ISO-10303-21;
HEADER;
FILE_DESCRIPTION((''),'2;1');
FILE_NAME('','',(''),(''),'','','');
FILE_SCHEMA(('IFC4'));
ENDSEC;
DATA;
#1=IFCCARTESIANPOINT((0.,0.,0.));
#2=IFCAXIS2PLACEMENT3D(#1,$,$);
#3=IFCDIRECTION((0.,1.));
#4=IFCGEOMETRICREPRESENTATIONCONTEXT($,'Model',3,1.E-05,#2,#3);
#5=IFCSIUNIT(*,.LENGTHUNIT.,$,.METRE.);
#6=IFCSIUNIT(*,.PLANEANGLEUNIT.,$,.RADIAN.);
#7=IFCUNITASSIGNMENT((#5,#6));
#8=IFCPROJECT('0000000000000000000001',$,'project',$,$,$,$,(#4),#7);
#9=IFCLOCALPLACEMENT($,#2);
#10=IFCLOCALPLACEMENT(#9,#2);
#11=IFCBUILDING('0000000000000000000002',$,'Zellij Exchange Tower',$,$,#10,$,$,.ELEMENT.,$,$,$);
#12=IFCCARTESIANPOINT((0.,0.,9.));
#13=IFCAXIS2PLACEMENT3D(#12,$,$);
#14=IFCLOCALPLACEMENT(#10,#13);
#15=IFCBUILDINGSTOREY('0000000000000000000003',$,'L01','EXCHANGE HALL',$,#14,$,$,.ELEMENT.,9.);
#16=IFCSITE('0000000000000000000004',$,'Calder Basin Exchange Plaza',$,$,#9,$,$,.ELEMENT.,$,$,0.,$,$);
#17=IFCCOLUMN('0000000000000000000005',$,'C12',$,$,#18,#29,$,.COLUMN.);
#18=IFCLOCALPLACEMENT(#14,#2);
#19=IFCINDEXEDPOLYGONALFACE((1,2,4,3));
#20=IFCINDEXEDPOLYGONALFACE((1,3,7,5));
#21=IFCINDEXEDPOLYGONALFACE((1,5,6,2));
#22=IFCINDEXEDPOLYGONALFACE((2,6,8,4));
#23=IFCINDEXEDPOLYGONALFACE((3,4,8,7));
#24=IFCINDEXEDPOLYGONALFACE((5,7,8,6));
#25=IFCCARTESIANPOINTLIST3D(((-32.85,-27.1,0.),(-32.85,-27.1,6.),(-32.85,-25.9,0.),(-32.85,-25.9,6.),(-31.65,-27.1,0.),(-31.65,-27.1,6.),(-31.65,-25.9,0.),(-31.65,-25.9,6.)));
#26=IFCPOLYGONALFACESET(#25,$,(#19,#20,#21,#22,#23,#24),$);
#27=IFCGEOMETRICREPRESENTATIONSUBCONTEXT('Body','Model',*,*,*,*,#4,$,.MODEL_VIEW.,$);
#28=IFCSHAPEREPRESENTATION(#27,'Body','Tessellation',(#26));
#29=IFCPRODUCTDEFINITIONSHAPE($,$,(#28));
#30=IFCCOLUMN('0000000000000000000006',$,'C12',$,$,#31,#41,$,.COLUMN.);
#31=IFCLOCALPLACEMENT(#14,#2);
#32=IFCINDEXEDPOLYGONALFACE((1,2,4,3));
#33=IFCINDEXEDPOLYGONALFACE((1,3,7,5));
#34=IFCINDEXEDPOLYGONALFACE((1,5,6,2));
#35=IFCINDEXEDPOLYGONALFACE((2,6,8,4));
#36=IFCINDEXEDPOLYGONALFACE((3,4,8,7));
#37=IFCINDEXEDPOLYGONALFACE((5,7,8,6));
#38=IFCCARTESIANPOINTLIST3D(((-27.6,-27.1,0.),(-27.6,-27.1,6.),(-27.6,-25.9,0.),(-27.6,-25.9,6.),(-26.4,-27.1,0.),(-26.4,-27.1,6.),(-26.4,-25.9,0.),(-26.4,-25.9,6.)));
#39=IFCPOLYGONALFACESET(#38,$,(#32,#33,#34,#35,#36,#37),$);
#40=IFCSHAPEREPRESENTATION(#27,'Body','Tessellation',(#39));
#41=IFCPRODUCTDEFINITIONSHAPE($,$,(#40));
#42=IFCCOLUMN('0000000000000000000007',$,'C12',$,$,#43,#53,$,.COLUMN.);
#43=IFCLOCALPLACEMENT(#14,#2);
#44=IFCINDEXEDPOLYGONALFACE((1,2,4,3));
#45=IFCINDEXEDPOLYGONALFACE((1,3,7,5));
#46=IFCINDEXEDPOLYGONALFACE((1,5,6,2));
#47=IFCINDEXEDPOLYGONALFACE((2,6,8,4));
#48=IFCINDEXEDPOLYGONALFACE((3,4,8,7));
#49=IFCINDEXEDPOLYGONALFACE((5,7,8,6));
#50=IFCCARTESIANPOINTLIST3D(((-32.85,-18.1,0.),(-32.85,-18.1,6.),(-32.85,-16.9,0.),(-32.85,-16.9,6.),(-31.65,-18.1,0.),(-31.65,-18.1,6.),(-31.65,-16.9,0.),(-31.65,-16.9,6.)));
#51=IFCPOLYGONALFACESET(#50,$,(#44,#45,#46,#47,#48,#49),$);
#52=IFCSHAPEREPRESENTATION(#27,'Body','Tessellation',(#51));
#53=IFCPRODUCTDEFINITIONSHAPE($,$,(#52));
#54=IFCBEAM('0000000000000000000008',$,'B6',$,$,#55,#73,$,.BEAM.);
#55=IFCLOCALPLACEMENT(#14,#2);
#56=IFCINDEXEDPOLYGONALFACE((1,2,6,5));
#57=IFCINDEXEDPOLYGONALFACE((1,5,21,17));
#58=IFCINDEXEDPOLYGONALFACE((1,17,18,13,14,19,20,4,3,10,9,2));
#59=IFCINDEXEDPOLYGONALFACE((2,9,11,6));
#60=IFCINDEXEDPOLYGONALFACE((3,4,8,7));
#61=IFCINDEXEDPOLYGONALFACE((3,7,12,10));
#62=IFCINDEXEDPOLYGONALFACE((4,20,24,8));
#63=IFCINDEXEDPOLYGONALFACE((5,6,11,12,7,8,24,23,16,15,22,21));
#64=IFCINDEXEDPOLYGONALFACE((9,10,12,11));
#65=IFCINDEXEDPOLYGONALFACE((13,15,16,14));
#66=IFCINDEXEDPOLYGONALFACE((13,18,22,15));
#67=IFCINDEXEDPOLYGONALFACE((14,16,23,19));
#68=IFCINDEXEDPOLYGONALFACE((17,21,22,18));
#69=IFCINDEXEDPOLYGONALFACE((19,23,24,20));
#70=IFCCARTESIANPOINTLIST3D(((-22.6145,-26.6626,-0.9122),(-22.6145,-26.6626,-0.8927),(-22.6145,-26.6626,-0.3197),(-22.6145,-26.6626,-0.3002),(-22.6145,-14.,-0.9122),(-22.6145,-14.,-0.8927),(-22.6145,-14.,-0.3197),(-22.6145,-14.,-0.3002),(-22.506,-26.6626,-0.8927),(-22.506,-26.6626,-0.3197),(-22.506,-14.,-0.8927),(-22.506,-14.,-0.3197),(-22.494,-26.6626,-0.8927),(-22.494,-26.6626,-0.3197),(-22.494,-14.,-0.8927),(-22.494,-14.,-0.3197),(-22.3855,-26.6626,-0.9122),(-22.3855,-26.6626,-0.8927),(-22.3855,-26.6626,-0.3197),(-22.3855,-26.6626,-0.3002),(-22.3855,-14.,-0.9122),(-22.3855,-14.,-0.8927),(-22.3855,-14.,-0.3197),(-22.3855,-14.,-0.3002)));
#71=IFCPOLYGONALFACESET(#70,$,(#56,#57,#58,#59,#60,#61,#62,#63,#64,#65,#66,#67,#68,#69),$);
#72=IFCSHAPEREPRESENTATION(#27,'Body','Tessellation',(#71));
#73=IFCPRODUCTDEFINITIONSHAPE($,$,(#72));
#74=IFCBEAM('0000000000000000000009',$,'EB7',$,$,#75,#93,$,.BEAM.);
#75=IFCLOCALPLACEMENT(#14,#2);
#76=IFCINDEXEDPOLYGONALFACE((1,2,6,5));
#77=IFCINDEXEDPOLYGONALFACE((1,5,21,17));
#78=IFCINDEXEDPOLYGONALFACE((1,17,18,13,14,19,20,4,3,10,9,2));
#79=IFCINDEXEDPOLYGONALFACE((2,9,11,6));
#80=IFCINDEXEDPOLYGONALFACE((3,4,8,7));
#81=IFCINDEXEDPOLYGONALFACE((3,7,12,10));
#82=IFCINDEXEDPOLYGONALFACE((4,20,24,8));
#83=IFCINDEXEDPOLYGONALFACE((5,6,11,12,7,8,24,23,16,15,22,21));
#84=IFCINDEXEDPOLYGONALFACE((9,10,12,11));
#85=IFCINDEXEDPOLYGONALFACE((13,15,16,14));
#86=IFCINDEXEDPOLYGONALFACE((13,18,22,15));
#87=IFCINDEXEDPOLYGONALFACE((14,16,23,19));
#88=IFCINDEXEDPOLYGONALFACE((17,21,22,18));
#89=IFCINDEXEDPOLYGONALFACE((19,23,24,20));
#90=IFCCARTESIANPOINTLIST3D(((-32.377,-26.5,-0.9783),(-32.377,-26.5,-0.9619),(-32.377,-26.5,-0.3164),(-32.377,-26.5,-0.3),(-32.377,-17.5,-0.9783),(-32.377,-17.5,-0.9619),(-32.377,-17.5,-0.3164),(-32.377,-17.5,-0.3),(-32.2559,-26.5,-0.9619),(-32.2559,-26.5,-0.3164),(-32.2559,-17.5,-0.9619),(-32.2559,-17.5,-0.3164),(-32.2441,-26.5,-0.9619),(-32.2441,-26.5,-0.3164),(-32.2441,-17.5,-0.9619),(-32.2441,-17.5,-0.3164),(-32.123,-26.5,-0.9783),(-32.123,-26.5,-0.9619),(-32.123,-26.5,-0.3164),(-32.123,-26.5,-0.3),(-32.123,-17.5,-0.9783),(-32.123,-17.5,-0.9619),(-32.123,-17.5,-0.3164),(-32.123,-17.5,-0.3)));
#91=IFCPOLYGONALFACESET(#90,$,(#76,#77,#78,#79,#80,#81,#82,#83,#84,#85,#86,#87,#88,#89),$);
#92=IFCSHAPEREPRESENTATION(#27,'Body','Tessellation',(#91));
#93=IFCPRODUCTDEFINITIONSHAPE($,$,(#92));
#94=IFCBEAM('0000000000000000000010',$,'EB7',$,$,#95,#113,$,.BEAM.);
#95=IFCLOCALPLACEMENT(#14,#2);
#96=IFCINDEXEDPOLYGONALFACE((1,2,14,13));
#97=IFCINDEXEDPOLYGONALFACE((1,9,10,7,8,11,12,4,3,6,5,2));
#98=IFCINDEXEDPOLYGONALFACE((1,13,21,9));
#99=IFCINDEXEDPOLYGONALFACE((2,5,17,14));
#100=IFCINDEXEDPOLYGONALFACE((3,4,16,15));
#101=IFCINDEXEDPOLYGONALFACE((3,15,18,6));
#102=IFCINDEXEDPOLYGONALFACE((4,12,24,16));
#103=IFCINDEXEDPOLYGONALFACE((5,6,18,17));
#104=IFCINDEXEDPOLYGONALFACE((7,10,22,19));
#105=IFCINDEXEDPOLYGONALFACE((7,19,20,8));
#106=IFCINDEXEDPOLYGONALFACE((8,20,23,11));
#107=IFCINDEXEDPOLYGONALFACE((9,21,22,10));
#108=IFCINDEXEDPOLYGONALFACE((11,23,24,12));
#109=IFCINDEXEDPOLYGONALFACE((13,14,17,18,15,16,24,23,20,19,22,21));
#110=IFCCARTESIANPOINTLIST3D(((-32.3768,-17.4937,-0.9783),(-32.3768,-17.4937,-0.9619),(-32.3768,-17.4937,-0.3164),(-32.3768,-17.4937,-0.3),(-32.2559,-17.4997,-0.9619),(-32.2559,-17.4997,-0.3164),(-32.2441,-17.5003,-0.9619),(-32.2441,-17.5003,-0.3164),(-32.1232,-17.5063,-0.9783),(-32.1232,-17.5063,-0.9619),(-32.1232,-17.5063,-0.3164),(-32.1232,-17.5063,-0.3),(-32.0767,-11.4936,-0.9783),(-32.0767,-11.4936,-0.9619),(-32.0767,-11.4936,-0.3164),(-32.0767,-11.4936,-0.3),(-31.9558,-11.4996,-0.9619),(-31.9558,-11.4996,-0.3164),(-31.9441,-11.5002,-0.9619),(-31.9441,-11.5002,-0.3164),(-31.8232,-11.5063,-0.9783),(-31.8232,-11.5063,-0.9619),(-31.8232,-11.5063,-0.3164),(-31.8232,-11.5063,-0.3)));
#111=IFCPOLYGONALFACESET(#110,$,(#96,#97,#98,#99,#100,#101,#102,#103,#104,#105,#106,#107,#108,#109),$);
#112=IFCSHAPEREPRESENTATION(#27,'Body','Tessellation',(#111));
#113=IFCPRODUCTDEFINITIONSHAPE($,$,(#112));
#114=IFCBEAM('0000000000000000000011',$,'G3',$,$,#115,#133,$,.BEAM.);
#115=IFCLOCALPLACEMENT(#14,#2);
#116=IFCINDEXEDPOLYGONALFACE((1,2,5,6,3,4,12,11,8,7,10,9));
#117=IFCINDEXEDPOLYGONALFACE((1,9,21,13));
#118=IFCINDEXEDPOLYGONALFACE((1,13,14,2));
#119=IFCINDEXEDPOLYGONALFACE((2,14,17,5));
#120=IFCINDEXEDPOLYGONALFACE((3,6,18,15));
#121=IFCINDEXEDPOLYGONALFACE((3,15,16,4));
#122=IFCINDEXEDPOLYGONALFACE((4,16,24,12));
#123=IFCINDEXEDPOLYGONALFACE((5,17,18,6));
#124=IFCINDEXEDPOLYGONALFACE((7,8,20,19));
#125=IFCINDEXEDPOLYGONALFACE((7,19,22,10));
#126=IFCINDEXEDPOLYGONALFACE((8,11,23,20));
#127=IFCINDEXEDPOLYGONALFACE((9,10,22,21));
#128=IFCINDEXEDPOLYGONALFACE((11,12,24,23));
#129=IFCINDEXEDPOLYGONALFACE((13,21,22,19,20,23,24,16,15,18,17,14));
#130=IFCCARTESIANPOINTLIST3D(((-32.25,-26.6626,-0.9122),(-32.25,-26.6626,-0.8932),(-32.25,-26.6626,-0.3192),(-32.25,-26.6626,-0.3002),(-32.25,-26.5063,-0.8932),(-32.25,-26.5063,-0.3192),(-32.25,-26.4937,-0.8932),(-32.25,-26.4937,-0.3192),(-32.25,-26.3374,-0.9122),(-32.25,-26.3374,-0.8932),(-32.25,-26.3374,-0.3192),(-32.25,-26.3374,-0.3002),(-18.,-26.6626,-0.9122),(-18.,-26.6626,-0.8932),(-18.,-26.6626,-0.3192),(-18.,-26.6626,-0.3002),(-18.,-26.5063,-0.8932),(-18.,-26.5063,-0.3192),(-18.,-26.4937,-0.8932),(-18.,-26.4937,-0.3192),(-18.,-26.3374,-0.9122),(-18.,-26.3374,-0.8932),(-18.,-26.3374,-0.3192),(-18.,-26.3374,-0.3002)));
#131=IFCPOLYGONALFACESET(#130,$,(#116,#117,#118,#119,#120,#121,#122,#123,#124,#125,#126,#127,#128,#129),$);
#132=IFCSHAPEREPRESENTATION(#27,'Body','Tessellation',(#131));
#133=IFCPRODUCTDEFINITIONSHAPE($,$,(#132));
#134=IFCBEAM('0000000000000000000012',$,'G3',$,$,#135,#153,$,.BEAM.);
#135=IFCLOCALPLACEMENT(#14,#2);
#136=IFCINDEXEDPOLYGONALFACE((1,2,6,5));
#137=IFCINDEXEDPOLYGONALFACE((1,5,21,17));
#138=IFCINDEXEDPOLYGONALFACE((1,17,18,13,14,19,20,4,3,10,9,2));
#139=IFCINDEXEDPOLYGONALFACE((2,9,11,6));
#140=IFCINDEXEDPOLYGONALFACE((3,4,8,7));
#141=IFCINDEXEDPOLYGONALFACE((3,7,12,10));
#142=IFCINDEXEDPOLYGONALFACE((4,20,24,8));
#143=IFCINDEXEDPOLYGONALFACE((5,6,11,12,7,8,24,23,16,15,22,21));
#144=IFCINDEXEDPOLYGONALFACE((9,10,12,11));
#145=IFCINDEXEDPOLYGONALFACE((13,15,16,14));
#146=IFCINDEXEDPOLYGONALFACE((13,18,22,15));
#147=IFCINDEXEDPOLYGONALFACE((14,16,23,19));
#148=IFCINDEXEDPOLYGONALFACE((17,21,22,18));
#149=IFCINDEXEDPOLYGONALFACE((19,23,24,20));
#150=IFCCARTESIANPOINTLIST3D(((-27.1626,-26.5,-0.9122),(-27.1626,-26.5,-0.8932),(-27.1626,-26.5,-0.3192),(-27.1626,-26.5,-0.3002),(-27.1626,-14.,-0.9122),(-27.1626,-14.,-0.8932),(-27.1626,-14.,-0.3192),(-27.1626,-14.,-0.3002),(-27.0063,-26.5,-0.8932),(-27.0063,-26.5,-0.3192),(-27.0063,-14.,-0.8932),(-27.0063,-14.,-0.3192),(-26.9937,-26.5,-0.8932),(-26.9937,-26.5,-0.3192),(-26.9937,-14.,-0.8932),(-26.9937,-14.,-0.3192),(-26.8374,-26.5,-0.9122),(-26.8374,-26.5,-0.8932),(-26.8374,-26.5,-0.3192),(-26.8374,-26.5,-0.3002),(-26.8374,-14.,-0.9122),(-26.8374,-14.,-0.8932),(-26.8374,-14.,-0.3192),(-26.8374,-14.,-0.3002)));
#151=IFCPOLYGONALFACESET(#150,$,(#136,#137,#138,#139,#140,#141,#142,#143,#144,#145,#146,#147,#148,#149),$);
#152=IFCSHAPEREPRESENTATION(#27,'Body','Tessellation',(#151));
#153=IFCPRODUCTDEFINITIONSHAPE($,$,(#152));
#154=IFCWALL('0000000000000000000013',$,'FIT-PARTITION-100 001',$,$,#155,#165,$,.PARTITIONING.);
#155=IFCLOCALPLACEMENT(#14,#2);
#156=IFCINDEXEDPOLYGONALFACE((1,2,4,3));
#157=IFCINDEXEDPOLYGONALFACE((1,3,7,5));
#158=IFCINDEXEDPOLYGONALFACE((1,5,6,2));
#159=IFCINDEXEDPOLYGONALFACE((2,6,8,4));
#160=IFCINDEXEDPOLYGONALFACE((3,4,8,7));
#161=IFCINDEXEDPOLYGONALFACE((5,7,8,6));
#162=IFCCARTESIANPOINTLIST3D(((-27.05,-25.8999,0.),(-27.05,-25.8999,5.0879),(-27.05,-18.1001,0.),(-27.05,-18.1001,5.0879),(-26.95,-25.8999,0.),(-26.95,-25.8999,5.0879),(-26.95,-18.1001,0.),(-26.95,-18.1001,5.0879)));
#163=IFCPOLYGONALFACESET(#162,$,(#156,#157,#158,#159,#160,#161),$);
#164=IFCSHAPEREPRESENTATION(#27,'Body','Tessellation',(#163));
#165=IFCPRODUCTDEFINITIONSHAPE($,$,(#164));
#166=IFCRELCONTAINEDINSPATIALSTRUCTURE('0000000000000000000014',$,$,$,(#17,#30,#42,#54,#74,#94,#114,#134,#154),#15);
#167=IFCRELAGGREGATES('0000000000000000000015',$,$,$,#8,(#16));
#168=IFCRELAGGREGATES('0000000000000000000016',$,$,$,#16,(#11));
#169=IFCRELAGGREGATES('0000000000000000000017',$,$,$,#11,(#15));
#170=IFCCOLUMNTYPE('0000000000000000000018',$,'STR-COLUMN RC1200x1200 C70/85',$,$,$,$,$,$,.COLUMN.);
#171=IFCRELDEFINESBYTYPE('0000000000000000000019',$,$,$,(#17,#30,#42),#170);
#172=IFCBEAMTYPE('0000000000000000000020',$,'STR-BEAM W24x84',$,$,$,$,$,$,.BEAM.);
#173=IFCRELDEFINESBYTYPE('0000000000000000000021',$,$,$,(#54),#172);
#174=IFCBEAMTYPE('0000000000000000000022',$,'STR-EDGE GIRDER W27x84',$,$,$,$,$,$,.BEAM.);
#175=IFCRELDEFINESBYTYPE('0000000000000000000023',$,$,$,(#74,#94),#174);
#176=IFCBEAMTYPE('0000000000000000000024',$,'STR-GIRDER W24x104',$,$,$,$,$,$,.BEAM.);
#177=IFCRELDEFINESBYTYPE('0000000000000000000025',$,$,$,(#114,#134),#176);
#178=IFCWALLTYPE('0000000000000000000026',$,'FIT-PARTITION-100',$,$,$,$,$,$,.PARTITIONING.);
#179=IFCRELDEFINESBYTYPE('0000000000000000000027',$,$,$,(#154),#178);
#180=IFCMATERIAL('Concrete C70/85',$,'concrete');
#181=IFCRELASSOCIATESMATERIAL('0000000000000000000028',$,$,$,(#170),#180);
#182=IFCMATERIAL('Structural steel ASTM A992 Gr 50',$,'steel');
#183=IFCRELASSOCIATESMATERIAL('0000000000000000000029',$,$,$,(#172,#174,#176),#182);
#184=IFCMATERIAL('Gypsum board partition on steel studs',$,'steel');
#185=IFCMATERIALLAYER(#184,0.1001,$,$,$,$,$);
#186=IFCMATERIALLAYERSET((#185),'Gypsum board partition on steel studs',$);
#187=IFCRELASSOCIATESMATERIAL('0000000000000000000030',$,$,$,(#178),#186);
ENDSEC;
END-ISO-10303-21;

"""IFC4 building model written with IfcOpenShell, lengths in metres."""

from ifc_helpers import new_model, si_unit, direction, frame, frame_2d, origin, origin_2d, place, context, subcontext, project, spatial, rectangle, i_section, extrude, material, layer, layer_set, material_profile, profile_set, type_object, element, save


model = new_model("IFC4")

# Units and contexts
model_context = context("Model", 3, precision=1e-05, world=origin(), true_north=direction((0.0, 1.0)))
body_context = subcontext(model_context, "Body", "Model", "MODEL_VIEW")
ifc_project = project(units=[si_unit("LENGTHUNIT", "METRE"), si_unit("PLANEANGLEUNIT", "RADIAN")], contexts=[model_context])

# Site, building, storey
site_placement = place(None, origin())
site = spatial("IfcSite", under=ifc_project, at=site_placement, Name="Calder Basin Exchange Plaza", CompositionType="ELEMENT", RefElevation=0.0)
building_placement = place(site_placement, origin())
building = spatial("IfcBuilding", under=site, at=building_placement, Name="Zellij Exchange Tower", CompositionType="ELEMENT")
storey_placement = place(building_placement, frame((0.0, 0.0, 9.0)))
storey = spatial("IfcBuildingStorey", under=building, at=storey_placement, Name="L01", Description="EXCHANGE HALL", CompositionType="ELEMENT", Elevation=9.0)

# Columns
ifc_material_1 = material(Name="Concrete C70/85", Category="concrete")
ifc_material_profile_1 = material_profile(ifc_material_1, rectangle(XDim=1.2, YDim=1.2, at=origin_2d()), Name="STR-COLUMN RC1200x1200 C70/85")
ifc_profile_set_1 = profile_set([ifc_material_profile_1], Name="Concrete C70/85")
column_type = type_object("IfcColumnType", Name="STR-COLUMN RC1200x1200 C70/85", PredefinedType="COLUMN", material=ifc_profile_set_1)
for number, where, z_axis, x_axis, name in (
    (1, (-32.25, -26.5, 0.0), (0.0, 0.0, 1.0), (1.0, 0.0, 0.0), "C12"),
    (2, (-27.0, -26.5, 0.0), (0.0, 0.0, 1.0), (1.0, 0.0, 0.0), "C12"),
    (3, (-32.25, -17.5, 0.0), (0.0, 0.0, 1.0), (1.0, 0.0, 0.0), "C12"),
):
    element("IfcColumn", number, at=place(storey_placement, frame(where, z_axis=z_axis, x_axis=x_axis)), inside=storey, type_object=column_type, Name=name, PredefinedType="COLUMN", context=body_context, shape_type="SweptSolid", body=[
        extrude(rectangle(XDim=1.2, YDim=1.2, at=origin_2d()), origin(), (0.0, 0.0, 1.0), 6.0),
    ])

# Beams
ifc_material_2 = material(Name="Structural steel ASTM A992 Gr 50", Category="steel")
ifc_material_profile_2 = material_profile(ifc_material_2, i_section(OverallWidth=0.229, OverallDepth=0.6121, WebThickness=0.012, FlangeThickness=0.0195, at=origin_2d()), Name="W24x84")
ifc_profile_set_2 = profile_set([ifc_material_profile_2], Name="Structural steel ASTM A992 Gr 50")
beam_type_1 = type_object("IfcBeamType", Name="STR-BEAM W24x84", PredefinedType="BEAM", material=ifc_profile_set_2)
beam_1_placement = place(storey_placement, frame((-22.5, -26.6626, -0.6062), z_axis=(0.0, 1.0, 0.0), x_axis=(-1.0, 0.0, 0.0)))
element("IfcBeam", 4, at=beam_1_placement, inside=storey, type_object=beam_type_1, Name="B6", PredefinedType="BEAM", context=body_context, shape_type="SweptSolid", body=[
    extrude(i_section(OverallWidth=0.229, OverallDepth=0.6121, WebThickness=0.012, FlangeThickness=0.0195, at=origin_2d()), origin(), (0.0, 0.0, 1.0), 12.6626),
])
ifc_material_profile_3 = material_profile(ifc_material_2, i_section(OverallWidth=0.2539, OverallDepth=0.6782, WebThickness=0.0117, FlangeThickness=0.0164, at=origin_2d()), Name="W27x84")
ifc_profile_set_3 = profile_set([ifc_material_profile_3], Name="Structural steel ASTM A992 Gr 50")
beam_type_2 = type_object("IfcBeamType", Name="STR-EDGE GIRDER W27x84", PredefinedType="BEAM", material=ifc_profile_set_3)
beam_2_placement = place(storey_placement, frame((-32.25, -26.5, -0.6392), z_axis=(0.0, 1.0, 0.0), x_axis=(-1.0, 0.0, 0.0)))
element("IfcBeam", 5, at=beam_2_placement, inside=storey, type_object=beam_type_2, Name="EB7", PredefinedType="BEAM", context=body_context, shape_type="SweptSolid", body=[
    extrude(i_section(OverallWidth=0.2539, OverallDepth=0.6782, WebThickness=0.0117, FlangeThickness=0.0164, at=origin_2d()), origin(), (0.0, 0.0, 1.0), 9.0),
])
beam_3_placement = place(storey_placement, frame((-32.25, -17.5, -0.6392), z_axis=(0.049946, 0.998752, 0.0), x_axis=(-0.998752, 0.049946, 0.0)))
element("IfcBeam", 6, at=beam_3_placement, inside=storey, type_object=beam_type_2, Name="EB7", PredefinedType="BEAM", context=body_context, shape_type="SweptSolid", body=[
    extrude(i_section(OverallWidth=0.2539, OverallDepth=0.6782, WebThickness=0.0117, FlangeThickness=0.0164, at=origin_2d()), origin(), (0.0, 0.0, 1.0), 6.0076),
])
ifc_material_profile_4 = material_profile(ifc_material_2, i_section(OverallWidth=0.3252, OverallDepth=0.6121, WebThickness=0.0127, FlangeThickness=0.019, at=origin_2d()), Name="W24x104")
ifc_profile_set_4 = profile_set([ifc_material_profile_4], Name="Structural steel ASTM A992 Gr 50")
beam_type_3 = type_object("IfcBeamType", Name="STR-GIRDER W24x104", PredefinedType="BEAM", material=ifc_profile_set_4)
beam_4_placement = place(storey_placement, frame((-32.25, -26.5, -0.6062), z_axis=(1.0, 0.0, 0.0), x_axis=(0.0, 1.0, 0.0)))
element("IfcBeam", 7, at=beam_4_placement, inside=storey, type_object=beam_type_3, Name="G3", PredefinedType="BEAM", context=body_context, shape_type="SweptSolid", body=[
    extrude(i_section(OverallWidth=0.3252, OverallDepth=0.6121, WebThickness=0.0127, FlangeThickness=0.019, at=origin_2d()), origin(), (0.0, 0.0, 1.0), 14.25),
])
beam_5_placement = place(storey_placement, frame((-27.0, -26.5, -0.6062), z_axis=(0.0, 1.0, 0.0), x_axis=(-1.0, 0.0, 0.0)))
element("IfcBeam", 8, at=beam_5_placement, inside=storey, type_object=beam_type_3, Name="G3", PredefinedType="BEAM", context=body_context, shape_type="SweptSolid", body=[
    extrude(i_section(OverallWidth=0.3252, OverallDepth=0.6121, WebThickness=0.0127, FlangeThickness=0.019, at=origin_2d()), origin(), (0.0, 0.0, 1.0), 12.5),
])

# Wall
ifc_material_3 = material(Name="Gypsum board partition on steel studs", Category="steel")
ifc_layer_1 = layer(ifc_material_3, 0.1001)
ifc_layer_set_1 = layer_set([ifc_layer_1], Name="Gypsum board partition on steel studs")
wall_type = type_object("IfcWallType", Name="FIT-PARTITION-100", PredefinedType="PARTITIONING", material=ifc_layer_set_1)
wall_placement = place(storey_placement, frame((-27.0, -25.8999, 0.0), z_axis=(0.0, 0.0, 1.0), x_axis=(0.0, 1.0, 0.0)))
element("IfcWall", 9, at=wall_placement, inside=storey, type_object=wall_type, Name="FIT-PARTITION-100 001", PredefinedType="PARTITIONING", context=body_context, shape_type="SweptSolid", body=[
    extrude(rectangle(XDim=7.7998, YDim=0.1001, at=frame_2d((3.8999, 0.0))), origin(), (0.0, 0.0, 1.0), 5.0879),
])

save(model, "model.ifc")
